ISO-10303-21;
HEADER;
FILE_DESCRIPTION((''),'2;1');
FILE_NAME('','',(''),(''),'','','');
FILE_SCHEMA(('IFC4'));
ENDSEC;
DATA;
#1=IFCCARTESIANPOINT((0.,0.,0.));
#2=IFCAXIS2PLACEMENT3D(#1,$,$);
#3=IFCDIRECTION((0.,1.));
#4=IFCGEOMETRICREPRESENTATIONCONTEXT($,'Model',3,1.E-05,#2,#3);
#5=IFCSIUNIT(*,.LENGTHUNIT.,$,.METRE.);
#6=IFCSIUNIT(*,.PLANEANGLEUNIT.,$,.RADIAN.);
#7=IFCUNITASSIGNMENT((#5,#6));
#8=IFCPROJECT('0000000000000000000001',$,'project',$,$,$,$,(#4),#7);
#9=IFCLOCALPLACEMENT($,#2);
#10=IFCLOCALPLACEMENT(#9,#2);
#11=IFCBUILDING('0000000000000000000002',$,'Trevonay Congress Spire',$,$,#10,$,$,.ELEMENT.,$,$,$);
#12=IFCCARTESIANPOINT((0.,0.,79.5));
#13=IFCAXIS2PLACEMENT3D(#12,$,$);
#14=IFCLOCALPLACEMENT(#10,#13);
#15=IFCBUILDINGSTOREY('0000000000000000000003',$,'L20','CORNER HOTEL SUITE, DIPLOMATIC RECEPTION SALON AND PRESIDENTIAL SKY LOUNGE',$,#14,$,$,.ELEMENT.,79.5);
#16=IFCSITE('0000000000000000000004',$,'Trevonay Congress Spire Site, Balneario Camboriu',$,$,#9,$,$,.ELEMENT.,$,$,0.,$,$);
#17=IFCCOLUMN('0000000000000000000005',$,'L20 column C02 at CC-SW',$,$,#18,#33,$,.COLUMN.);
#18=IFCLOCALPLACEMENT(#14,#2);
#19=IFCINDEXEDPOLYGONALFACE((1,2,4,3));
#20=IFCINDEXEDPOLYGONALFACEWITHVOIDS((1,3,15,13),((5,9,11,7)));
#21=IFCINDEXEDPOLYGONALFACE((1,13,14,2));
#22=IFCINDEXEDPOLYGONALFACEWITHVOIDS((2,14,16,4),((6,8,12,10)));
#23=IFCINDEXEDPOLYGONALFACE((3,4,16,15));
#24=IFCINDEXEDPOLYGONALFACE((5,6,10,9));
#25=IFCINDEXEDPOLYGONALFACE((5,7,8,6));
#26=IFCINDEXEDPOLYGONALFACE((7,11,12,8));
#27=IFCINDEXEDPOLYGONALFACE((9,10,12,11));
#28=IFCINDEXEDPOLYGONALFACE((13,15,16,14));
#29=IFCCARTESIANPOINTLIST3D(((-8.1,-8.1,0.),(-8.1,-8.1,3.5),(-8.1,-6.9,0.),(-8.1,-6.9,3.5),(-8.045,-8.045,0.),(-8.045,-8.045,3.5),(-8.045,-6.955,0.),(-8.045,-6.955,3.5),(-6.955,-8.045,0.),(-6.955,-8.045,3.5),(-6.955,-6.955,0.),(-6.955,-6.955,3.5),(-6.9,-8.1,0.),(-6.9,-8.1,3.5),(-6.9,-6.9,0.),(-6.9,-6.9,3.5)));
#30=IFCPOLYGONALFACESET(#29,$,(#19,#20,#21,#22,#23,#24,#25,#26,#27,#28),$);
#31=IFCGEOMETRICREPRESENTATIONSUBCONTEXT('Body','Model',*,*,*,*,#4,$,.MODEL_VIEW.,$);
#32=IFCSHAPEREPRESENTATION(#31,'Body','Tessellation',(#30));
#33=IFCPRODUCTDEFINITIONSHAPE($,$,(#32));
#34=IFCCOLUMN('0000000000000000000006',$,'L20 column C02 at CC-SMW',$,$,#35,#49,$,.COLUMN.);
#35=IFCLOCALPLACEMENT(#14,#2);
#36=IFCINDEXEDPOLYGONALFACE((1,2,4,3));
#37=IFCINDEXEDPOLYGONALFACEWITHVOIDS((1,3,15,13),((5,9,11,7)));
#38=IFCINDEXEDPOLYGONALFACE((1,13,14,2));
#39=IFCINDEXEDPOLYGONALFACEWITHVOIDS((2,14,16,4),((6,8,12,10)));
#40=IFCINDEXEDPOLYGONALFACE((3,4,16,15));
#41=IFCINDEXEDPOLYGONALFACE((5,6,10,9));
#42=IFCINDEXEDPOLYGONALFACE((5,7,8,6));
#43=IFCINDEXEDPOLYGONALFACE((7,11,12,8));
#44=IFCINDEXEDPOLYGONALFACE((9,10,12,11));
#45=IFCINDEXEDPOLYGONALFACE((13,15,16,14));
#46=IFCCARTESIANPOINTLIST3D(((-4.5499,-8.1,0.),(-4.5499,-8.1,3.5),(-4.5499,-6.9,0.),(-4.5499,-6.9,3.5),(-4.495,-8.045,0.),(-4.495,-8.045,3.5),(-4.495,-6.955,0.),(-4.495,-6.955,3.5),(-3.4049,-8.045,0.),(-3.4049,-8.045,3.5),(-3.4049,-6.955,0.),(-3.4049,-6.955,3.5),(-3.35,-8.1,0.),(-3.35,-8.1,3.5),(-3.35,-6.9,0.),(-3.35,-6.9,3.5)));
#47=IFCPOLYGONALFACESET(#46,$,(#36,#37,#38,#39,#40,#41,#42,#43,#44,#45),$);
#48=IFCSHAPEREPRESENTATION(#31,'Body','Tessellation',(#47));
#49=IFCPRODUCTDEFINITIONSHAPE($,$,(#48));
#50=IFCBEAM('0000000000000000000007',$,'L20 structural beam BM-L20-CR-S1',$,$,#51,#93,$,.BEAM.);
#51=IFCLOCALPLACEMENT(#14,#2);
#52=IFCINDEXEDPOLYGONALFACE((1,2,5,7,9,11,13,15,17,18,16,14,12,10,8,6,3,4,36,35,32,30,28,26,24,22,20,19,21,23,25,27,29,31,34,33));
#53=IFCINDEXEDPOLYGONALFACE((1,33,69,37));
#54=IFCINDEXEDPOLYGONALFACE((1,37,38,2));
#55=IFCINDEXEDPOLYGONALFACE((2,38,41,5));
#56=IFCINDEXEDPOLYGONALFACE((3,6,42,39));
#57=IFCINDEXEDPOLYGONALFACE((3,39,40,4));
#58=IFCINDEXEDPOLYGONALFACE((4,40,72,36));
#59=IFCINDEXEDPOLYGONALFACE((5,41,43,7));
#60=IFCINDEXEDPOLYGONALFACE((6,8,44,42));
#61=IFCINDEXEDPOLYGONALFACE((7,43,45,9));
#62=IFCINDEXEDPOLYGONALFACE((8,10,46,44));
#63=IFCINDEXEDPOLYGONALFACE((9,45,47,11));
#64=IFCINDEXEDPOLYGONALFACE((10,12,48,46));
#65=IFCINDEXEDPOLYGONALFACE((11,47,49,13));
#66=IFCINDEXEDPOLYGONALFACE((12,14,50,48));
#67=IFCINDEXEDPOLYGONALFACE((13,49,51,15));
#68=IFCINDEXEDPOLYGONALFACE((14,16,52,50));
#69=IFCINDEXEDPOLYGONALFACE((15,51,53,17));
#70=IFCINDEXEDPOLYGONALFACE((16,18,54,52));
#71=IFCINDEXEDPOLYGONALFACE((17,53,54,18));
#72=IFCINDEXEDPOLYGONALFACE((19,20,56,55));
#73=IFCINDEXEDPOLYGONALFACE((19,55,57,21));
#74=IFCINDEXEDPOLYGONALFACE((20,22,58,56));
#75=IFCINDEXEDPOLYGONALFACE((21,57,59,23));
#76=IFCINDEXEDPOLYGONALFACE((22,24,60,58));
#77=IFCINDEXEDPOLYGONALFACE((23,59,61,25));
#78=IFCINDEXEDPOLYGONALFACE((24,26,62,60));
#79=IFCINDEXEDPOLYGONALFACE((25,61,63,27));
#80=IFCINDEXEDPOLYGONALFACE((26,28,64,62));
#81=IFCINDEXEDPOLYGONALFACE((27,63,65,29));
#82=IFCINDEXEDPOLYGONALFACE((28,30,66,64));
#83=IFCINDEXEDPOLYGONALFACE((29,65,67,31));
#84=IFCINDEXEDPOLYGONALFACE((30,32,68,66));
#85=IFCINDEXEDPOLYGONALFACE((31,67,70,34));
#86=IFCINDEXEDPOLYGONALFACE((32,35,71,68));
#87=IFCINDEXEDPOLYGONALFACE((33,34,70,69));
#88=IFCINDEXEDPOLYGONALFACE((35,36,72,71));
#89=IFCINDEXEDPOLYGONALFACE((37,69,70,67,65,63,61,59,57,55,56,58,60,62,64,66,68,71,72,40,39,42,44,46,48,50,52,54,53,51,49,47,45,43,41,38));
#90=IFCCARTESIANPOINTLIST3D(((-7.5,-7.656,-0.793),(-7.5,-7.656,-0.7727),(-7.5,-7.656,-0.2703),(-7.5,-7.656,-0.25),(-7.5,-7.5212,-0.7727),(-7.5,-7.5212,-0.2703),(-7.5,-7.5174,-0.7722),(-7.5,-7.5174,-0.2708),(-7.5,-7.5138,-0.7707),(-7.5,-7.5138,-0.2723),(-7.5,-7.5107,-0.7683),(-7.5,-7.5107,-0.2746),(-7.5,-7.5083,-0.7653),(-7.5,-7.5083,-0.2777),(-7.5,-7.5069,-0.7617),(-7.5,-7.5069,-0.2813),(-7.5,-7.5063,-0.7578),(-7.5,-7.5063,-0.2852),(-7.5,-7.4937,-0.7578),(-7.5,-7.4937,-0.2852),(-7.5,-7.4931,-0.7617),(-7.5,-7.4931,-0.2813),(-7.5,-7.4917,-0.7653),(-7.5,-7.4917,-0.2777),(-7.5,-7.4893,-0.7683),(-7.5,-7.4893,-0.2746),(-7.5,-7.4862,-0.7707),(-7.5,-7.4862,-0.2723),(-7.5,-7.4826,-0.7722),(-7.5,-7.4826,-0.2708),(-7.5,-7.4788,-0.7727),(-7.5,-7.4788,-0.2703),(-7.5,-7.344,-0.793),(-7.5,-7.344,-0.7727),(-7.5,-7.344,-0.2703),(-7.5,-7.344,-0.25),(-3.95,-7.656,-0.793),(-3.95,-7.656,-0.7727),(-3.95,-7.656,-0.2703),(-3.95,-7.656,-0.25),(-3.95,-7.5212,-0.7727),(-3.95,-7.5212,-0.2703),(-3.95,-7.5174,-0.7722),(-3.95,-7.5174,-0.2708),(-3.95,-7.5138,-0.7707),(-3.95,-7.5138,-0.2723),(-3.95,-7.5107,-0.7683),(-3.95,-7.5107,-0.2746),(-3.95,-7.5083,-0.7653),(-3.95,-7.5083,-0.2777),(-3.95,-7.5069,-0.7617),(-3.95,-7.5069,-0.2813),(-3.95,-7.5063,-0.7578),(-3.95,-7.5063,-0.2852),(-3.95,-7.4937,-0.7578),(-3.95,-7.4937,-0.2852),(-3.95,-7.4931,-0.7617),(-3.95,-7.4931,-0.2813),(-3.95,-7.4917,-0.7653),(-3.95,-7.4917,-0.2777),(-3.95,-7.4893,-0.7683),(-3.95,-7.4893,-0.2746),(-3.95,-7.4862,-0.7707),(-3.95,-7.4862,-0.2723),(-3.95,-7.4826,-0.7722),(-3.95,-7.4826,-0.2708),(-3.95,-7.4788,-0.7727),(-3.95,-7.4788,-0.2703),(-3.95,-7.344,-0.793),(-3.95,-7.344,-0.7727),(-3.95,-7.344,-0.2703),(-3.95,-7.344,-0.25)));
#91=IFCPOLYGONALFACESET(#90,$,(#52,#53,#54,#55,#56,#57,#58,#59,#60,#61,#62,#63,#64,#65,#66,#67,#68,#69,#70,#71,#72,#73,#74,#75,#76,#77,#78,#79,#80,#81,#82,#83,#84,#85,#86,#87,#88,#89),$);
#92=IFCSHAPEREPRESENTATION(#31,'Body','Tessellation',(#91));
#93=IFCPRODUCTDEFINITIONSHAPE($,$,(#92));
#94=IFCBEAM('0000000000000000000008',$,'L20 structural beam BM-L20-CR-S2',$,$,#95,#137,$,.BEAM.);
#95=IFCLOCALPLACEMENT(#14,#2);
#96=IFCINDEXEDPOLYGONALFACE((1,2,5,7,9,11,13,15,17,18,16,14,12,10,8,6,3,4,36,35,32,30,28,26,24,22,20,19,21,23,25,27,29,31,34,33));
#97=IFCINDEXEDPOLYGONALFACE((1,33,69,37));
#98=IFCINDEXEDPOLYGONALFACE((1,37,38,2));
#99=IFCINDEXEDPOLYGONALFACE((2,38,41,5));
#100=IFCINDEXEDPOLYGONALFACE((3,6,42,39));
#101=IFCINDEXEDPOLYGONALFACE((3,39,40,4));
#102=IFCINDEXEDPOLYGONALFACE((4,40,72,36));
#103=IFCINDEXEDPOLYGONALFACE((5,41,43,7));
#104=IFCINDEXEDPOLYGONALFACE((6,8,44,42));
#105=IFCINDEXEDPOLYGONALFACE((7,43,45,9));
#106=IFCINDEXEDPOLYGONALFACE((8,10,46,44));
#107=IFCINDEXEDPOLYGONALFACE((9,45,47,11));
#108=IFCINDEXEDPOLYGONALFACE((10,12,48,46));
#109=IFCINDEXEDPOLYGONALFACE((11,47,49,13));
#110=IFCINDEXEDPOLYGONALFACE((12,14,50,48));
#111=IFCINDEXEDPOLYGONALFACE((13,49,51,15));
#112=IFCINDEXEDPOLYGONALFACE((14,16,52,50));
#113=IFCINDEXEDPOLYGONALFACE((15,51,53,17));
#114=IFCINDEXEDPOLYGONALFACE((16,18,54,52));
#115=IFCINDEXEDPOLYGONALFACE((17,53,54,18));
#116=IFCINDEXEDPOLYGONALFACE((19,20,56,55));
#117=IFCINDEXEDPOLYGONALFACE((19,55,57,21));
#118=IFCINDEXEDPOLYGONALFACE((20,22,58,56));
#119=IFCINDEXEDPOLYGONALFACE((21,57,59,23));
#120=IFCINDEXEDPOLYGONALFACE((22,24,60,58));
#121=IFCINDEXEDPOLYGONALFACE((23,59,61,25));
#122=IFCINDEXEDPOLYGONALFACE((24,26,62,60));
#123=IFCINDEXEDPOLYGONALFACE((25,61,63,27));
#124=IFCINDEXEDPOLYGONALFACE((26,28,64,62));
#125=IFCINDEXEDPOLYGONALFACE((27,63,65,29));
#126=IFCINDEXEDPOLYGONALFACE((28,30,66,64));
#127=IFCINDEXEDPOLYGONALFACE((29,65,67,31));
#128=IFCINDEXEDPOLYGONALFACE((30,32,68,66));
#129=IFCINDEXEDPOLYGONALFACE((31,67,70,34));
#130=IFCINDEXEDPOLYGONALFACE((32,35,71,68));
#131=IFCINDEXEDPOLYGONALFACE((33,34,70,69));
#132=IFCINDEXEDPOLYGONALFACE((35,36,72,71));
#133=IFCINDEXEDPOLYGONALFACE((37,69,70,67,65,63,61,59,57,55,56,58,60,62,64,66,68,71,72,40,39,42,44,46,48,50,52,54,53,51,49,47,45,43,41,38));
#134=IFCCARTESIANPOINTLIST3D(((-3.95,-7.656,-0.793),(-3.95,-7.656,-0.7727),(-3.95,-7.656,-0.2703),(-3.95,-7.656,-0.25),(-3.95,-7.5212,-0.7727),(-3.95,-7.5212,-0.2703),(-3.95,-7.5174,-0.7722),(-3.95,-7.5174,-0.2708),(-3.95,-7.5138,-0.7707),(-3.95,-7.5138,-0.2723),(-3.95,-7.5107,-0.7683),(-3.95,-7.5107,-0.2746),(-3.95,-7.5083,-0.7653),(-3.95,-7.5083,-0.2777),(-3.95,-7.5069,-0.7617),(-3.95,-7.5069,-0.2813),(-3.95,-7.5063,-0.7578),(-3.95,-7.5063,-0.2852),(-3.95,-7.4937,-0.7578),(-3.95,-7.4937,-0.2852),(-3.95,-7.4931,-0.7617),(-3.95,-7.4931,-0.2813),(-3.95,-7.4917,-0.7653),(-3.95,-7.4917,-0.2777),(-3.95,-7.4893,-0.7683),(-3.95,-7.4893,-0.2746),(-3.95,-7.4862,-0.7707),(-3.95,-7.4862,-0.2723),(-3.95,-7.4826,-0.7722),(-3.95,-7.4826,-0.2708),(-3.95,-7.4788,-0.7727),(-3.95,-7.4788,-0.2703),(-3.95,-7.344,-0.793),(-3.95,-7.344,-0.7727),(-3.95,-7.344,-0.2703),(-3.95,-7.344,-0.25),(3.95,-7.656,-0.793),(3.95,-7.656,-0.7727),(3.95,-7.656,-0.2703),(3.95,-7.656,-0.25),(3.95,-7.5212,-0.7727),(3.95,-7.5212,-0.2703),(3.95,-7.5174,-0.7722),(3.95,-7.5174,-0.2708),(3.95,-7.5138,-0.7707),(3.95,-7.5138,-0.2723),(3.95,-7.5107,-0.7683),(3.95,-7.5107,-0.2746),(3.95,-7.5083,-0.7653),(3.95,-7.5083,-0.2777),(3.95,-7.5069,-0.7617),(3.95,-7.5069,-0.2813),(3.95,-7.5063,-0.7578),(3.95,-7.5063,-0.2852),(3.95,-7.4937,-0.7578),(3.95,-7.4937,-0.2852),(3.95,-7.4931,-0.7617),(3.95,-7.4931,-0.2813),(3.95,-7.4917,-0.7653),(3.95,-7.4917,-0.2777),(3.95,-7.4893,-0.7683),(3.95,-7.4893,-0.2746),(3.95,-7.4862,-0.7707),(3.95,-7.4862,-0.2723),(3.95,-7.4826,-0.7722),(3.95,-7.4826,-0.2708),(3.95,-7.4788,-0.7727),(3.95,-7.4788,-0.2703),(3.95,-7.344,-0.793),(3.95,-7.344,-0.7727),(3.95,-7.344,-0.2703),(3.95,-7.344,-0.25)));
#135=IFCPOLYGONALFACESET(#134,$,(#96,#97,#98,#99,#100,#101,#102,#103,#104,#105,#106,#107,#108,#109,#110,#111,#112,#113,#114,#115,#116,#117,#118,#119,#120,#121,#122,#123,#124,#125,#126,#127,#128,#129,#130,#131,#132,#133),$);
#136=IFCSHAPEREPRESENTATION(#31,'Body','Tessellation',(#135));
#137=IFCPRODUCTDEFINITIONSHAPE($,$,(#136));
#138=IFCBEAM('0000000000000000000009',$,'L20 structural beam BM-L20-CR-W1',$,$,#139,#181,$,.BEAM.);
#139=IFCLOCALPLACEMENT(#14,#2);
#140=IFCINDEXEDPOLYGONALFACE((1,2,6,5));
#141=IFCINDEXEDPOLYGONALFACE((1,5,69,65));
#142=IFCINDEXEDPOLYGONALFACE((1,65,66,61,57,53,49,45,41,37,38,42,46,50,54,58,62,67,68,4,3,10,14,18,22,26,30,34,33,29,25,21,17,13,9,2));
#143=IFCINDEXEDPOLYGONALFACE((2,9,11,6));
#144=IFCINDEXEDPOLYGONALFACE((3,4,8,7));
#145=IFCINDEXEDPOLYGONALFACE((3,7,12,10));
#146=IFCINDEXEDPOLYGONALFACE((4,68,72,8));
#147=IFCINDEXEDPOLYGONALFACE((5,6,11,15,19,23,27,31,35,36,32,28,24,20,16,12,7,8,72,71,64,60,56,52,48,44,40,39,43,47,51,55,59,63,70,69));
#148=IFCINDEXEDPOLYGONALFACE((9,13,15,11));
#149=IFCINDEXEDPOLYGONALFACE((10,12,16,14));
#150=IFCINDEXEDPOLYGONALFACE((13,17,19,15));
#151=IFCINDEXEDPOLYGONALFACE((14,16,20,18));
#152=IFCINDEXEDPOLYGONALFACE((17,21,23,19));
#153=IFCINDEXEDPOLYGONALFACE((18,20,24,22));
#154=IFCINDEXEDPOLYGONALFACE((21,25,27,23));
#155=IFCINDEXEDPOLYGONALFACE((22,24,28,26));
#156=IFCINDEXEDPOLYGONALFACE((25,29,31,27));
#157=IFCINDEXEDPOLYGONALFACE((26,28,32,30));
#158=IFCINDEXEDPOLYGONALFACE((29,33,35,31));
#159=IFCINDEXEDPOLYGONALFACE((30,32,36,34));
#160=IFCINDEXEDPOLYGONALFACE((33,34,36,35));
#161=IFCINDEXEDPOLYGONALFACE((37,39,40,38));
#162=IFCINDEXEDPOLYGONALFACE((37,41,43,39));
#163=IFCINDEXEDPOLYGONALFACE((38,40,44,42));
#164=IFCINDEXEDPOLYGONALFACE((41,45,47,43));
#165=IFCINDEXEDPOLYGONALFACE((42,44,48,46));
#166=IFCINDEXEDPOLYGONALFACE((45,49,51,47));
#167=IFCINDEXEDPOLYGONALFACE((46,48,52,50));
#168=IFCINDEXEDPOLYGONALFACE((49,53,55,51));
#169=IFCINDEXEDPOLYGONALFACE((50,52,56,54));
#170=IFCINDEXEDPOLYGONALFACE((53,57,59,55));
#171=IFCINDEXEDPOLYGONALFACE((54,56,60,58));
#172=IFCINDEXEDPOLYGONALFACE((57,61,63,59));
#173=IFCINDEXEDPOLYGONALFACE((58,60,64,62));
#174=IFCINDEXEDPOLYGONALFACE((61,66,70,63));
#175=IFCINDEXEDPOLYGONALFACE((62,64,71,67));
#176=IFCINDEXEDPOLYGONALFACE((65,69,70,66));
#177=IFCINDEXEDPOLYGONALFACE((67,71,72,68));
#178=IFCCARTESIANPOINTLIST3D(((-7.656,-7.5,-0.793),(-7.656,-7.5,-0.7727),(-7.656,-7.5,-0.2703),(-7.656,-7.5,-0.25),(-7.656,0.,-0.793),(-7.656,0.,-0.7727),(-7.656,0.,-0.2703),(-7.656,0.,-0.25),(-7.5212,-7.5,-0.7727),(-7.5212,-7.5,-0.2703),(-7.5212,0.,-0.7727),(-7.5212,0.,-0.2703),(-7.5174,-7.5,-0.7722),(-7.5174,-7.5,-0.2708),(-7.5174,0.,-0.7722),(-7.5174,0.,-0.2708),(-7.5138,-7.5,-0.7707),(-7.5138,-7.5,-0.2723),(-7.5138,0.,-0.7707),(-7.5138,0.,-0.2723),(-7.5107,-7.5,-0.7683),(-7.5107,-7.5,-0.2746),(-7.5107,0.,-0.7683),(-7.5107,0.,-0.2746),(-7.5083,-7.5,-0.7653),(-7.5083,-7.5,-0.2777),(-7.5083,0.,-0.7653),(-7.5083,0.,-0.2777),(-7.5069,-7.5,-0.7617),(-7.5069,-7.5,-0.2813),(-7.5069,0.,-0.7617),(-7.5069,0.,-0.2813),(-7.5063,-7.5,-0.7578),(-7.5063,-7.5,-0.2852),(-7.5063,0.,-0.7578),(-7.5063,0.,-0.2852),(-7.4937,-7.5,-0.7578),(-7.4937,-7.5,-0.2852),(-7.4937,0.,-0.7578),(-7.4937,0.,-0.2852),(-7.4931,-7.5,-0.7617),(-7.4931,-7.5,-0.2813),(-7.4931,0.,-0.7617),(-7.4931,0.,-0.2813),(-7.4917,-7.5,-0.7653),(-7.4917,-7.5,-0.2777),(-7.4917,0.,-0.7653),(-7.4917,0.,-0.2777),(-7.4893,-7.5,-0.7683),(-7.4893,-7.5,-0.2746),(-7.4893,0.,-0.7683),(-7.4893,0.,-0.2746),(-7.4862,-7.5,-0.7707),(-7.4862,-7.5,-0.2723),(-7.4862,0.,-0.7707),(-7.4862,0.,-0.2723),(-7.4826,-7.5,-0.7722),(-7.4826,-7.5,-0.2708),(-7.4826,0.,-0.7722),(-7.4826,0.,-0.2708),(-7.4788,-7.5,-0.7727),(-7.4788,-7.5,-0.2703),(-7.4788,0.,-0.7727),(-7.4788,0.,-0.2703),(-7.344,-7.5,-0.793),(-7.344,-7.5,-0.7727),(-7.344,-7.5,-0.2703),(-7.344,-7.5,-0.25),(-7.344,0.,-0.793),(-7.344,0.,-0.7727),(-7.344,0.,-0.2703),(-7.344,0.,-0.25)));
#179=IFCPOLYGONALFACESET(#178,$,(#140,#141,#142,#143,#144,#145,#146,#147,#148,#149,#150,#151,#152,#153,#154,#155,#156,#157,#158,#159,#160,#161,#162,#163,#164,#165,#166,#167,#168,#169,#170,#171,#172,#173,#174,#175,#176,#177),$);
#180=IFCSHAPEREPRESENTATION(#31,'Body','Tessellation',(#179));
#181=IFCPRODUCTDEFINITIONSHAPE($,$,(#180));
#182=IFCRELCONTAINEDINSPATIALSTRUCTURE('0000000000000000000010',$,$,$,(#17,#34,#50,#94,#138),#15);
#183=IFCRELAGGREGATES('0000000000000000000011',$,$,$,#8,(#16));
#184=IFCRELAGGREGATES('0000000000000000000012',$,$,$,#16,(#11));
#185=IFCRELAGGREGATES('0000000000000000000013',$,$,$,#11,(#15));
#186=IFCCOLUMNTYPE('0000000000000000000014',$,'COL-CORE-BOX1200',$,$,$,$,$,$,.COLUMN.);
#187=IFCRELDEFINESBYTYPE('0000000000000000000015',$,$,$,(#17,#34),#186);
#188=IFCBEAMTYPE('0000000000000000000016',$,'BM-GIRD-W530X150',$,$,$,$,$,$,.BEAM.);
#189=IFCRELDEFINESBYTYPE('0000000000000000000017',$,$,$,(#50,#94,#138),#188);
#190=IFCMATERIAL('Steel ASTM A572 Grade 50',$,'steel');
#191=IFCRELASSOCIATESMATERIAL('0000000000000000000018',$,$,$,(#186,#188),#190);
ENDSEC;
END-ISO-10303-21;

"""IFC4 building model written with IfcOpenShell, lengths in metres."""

from ifc_helpers import new_model, si_unit, direction, frame, origin, origin_2d, place, context, subcontext, project, spatial, hollow_rectangle, i_section, extrude, material, material_profile, profile_set, type_object, element, save


model = new_model("IFC4")

# Units and contexts
model_context = context("Model", 3, precision=1e-05, world=origin(), true_north=direction((0.0, 1.0)))
body_context = subcontext(model_context, "Body", "Model", "MODEL_VIEW")
ifc_project = project(units=[si_unit("LENGTHUNIT", "METRE"), si_unit("PLANEANGLEUNIT", "RADIAN")], contexts=[model_context])

# Site, building, storey
site_placement = place(None, origin())
site = spatial("IfcSite", under=ifc_project, at=site_placement, Name="Trevonay Congress Spire Site, Balneario Camboriu", CompositionType="ELEMENT", RefElevation=0.0)
building_placement = place(site_placement, origin())
building = spatial("IfcBuilding", under=site, at=building_placement, Name="Trevonay Congress Spire", CompositionType="ELEMENT")
storey_placement = place(building_placement, frame((0.0, 0.0, 79.5)))
storey = spatial("IfcBuildingStorey", under=building, at=storey_placement, Name="L20", Description="CORNER HOTEL SUITE, DIPLOMATIC RECEPTION SALON AND PRESIDENTIAL SKY LOUNGE", CompositionType="ELEMENT", Elevation=79.5)

# Columns
ifc_material_1 = material(Name="Steel ASTM A572 Grade 50", Category="steel")
ifc_material_profile_1 = material_profile(ifc_material_1, hollow_rectangle(XDim=1.2, YDim=1.2, WallThickness=0.0549, at=origin_2d()), Name="BOX 1200x1200x55")
ifc_profile_set_1 = profile_set([ifc_material_profile_1], Name="Steel ASTM A572 Grade 50")
column_type = type_object("IfcColumnType", Name="COL-CORE-BOX1200", PredefinedType="COLUMN", material=ifc_profile_set_1)
for number, where, z_axis, x_axis, name in (
    (1, (-7.5, -7.5, 0.0), (0.0, 0.0, 1.0), (1.0, 0.0, 0.0), "L20 column C02 at CC-SW"),
    (2, (-3.95, -7.5, 0.0), (0.0, 0.0, 1.0), (1.0, 0.0, 0.0), "L20 column C02 at CC-SMW"),
):
    element("IfcColumn", number, at=place(storey_placement, frame(where, z_axis=z_axis, x_axis=x_axis)), inside=storey, type_object=column_type, Name=name, PredefinedType="COLUMN", context=body_context, shape_type="SweptSolid", body=[
        extrude(hollow_rectangle(XDim=1.2, YDim=1.2, WallThickness=0.0549, at=origin_2d()), origin(), (0.0, 0.0, 1.0), 3.5),
    ])

# Beams
ifc_material_profile_2 = material_profile(ifc_material_1, i_section(OverallWidth=0.312, OverallDepth=0.543, WebThickness=0.0127, FlangeThickness=0.0203, FilletRadius=0.0149, at=origin_2d()), Name="W530x150")
ifc_profile_set_2 = profile_set([ifc_material_profile_2], Name="Steel ASTM A572 Grade 50")
beam_type_1 = type_object("IfcBeamType", Name="BM-GIRD-W530X150", PredefinedType="BEAM", material=ifc_profile_set_2)
beam_1_placement = place(storey_placement, frame((-7.5, -7.5, -0.5215), z_axis=(1.0, 0.0, 0.0), x_axis=(0.0, 1.0, 0.0)))
element("IfcBeam", 3, at=beam_1_placement, inside=storey, type_object=beam_type_1, Name="L20 structural beam BM-L20-CR-S1", PredefinedType="BEAM", context=body_context, shape_type="SweptSolid", body=[
    extrude(i_section(OverallWidth=0.312, OverallDepth=0.543, WebThickness=0.0127, FlangeThickness=0.0203, FilletRadius=0.0149, at=origin_2d()), origin(), (0.0, 0.0, 1.0), 3.55),
])
beam_2_placement = place(storey_placement, frame((-3.95, -7.5, -0.5215), z_axis=(1.0, 0.0, 0.0), x_axis=(0.0, 1.0, 0.0)))
element("IfcBeam", 4, at=beam_2_placement, inside=storey, type_object=beam_type_1, Name="L20 structural beam BM-L20-CR-S2", PredefinedType="BEAM", context=body_context, shape_type="SweptSolid", body=[
    extrude(i_section(OverallWidth=0.312, OverallDepth=0.543, WebThickness=0.0127, FlangeThickness=0.0203, FilletRadius=0.0149, at=origin_2d()), origin(), (0.0, 0.0, 1.0), 7.8999),
])
beam_3_placement = place(storey_placement, frame((-7.5, -7.5, -0.5215), z_axis=(0.0, 1.0, 0.0), x_axis=(-1.0, 0.0, 0.0)))
element("IfcBeam", 5, at=beam_3_placement, inside=storey, type_object=beam_type_1, Name="L20 structural beam BM-L20-CR-W1", PredefinedType="BEAM", context=body_context, shape_type="SweptSolid", body=[
    extrude(i_section(OverallWidth=0.312, OverallDepth=0.543, WebThickness=0.0127, FlangeThickness=0.0203, FilletRadius=0.0149, at=origin_2d()), origin(), (0.0, 0.0, 1.0), 7.5),
])

save(model, "model.ifc")
